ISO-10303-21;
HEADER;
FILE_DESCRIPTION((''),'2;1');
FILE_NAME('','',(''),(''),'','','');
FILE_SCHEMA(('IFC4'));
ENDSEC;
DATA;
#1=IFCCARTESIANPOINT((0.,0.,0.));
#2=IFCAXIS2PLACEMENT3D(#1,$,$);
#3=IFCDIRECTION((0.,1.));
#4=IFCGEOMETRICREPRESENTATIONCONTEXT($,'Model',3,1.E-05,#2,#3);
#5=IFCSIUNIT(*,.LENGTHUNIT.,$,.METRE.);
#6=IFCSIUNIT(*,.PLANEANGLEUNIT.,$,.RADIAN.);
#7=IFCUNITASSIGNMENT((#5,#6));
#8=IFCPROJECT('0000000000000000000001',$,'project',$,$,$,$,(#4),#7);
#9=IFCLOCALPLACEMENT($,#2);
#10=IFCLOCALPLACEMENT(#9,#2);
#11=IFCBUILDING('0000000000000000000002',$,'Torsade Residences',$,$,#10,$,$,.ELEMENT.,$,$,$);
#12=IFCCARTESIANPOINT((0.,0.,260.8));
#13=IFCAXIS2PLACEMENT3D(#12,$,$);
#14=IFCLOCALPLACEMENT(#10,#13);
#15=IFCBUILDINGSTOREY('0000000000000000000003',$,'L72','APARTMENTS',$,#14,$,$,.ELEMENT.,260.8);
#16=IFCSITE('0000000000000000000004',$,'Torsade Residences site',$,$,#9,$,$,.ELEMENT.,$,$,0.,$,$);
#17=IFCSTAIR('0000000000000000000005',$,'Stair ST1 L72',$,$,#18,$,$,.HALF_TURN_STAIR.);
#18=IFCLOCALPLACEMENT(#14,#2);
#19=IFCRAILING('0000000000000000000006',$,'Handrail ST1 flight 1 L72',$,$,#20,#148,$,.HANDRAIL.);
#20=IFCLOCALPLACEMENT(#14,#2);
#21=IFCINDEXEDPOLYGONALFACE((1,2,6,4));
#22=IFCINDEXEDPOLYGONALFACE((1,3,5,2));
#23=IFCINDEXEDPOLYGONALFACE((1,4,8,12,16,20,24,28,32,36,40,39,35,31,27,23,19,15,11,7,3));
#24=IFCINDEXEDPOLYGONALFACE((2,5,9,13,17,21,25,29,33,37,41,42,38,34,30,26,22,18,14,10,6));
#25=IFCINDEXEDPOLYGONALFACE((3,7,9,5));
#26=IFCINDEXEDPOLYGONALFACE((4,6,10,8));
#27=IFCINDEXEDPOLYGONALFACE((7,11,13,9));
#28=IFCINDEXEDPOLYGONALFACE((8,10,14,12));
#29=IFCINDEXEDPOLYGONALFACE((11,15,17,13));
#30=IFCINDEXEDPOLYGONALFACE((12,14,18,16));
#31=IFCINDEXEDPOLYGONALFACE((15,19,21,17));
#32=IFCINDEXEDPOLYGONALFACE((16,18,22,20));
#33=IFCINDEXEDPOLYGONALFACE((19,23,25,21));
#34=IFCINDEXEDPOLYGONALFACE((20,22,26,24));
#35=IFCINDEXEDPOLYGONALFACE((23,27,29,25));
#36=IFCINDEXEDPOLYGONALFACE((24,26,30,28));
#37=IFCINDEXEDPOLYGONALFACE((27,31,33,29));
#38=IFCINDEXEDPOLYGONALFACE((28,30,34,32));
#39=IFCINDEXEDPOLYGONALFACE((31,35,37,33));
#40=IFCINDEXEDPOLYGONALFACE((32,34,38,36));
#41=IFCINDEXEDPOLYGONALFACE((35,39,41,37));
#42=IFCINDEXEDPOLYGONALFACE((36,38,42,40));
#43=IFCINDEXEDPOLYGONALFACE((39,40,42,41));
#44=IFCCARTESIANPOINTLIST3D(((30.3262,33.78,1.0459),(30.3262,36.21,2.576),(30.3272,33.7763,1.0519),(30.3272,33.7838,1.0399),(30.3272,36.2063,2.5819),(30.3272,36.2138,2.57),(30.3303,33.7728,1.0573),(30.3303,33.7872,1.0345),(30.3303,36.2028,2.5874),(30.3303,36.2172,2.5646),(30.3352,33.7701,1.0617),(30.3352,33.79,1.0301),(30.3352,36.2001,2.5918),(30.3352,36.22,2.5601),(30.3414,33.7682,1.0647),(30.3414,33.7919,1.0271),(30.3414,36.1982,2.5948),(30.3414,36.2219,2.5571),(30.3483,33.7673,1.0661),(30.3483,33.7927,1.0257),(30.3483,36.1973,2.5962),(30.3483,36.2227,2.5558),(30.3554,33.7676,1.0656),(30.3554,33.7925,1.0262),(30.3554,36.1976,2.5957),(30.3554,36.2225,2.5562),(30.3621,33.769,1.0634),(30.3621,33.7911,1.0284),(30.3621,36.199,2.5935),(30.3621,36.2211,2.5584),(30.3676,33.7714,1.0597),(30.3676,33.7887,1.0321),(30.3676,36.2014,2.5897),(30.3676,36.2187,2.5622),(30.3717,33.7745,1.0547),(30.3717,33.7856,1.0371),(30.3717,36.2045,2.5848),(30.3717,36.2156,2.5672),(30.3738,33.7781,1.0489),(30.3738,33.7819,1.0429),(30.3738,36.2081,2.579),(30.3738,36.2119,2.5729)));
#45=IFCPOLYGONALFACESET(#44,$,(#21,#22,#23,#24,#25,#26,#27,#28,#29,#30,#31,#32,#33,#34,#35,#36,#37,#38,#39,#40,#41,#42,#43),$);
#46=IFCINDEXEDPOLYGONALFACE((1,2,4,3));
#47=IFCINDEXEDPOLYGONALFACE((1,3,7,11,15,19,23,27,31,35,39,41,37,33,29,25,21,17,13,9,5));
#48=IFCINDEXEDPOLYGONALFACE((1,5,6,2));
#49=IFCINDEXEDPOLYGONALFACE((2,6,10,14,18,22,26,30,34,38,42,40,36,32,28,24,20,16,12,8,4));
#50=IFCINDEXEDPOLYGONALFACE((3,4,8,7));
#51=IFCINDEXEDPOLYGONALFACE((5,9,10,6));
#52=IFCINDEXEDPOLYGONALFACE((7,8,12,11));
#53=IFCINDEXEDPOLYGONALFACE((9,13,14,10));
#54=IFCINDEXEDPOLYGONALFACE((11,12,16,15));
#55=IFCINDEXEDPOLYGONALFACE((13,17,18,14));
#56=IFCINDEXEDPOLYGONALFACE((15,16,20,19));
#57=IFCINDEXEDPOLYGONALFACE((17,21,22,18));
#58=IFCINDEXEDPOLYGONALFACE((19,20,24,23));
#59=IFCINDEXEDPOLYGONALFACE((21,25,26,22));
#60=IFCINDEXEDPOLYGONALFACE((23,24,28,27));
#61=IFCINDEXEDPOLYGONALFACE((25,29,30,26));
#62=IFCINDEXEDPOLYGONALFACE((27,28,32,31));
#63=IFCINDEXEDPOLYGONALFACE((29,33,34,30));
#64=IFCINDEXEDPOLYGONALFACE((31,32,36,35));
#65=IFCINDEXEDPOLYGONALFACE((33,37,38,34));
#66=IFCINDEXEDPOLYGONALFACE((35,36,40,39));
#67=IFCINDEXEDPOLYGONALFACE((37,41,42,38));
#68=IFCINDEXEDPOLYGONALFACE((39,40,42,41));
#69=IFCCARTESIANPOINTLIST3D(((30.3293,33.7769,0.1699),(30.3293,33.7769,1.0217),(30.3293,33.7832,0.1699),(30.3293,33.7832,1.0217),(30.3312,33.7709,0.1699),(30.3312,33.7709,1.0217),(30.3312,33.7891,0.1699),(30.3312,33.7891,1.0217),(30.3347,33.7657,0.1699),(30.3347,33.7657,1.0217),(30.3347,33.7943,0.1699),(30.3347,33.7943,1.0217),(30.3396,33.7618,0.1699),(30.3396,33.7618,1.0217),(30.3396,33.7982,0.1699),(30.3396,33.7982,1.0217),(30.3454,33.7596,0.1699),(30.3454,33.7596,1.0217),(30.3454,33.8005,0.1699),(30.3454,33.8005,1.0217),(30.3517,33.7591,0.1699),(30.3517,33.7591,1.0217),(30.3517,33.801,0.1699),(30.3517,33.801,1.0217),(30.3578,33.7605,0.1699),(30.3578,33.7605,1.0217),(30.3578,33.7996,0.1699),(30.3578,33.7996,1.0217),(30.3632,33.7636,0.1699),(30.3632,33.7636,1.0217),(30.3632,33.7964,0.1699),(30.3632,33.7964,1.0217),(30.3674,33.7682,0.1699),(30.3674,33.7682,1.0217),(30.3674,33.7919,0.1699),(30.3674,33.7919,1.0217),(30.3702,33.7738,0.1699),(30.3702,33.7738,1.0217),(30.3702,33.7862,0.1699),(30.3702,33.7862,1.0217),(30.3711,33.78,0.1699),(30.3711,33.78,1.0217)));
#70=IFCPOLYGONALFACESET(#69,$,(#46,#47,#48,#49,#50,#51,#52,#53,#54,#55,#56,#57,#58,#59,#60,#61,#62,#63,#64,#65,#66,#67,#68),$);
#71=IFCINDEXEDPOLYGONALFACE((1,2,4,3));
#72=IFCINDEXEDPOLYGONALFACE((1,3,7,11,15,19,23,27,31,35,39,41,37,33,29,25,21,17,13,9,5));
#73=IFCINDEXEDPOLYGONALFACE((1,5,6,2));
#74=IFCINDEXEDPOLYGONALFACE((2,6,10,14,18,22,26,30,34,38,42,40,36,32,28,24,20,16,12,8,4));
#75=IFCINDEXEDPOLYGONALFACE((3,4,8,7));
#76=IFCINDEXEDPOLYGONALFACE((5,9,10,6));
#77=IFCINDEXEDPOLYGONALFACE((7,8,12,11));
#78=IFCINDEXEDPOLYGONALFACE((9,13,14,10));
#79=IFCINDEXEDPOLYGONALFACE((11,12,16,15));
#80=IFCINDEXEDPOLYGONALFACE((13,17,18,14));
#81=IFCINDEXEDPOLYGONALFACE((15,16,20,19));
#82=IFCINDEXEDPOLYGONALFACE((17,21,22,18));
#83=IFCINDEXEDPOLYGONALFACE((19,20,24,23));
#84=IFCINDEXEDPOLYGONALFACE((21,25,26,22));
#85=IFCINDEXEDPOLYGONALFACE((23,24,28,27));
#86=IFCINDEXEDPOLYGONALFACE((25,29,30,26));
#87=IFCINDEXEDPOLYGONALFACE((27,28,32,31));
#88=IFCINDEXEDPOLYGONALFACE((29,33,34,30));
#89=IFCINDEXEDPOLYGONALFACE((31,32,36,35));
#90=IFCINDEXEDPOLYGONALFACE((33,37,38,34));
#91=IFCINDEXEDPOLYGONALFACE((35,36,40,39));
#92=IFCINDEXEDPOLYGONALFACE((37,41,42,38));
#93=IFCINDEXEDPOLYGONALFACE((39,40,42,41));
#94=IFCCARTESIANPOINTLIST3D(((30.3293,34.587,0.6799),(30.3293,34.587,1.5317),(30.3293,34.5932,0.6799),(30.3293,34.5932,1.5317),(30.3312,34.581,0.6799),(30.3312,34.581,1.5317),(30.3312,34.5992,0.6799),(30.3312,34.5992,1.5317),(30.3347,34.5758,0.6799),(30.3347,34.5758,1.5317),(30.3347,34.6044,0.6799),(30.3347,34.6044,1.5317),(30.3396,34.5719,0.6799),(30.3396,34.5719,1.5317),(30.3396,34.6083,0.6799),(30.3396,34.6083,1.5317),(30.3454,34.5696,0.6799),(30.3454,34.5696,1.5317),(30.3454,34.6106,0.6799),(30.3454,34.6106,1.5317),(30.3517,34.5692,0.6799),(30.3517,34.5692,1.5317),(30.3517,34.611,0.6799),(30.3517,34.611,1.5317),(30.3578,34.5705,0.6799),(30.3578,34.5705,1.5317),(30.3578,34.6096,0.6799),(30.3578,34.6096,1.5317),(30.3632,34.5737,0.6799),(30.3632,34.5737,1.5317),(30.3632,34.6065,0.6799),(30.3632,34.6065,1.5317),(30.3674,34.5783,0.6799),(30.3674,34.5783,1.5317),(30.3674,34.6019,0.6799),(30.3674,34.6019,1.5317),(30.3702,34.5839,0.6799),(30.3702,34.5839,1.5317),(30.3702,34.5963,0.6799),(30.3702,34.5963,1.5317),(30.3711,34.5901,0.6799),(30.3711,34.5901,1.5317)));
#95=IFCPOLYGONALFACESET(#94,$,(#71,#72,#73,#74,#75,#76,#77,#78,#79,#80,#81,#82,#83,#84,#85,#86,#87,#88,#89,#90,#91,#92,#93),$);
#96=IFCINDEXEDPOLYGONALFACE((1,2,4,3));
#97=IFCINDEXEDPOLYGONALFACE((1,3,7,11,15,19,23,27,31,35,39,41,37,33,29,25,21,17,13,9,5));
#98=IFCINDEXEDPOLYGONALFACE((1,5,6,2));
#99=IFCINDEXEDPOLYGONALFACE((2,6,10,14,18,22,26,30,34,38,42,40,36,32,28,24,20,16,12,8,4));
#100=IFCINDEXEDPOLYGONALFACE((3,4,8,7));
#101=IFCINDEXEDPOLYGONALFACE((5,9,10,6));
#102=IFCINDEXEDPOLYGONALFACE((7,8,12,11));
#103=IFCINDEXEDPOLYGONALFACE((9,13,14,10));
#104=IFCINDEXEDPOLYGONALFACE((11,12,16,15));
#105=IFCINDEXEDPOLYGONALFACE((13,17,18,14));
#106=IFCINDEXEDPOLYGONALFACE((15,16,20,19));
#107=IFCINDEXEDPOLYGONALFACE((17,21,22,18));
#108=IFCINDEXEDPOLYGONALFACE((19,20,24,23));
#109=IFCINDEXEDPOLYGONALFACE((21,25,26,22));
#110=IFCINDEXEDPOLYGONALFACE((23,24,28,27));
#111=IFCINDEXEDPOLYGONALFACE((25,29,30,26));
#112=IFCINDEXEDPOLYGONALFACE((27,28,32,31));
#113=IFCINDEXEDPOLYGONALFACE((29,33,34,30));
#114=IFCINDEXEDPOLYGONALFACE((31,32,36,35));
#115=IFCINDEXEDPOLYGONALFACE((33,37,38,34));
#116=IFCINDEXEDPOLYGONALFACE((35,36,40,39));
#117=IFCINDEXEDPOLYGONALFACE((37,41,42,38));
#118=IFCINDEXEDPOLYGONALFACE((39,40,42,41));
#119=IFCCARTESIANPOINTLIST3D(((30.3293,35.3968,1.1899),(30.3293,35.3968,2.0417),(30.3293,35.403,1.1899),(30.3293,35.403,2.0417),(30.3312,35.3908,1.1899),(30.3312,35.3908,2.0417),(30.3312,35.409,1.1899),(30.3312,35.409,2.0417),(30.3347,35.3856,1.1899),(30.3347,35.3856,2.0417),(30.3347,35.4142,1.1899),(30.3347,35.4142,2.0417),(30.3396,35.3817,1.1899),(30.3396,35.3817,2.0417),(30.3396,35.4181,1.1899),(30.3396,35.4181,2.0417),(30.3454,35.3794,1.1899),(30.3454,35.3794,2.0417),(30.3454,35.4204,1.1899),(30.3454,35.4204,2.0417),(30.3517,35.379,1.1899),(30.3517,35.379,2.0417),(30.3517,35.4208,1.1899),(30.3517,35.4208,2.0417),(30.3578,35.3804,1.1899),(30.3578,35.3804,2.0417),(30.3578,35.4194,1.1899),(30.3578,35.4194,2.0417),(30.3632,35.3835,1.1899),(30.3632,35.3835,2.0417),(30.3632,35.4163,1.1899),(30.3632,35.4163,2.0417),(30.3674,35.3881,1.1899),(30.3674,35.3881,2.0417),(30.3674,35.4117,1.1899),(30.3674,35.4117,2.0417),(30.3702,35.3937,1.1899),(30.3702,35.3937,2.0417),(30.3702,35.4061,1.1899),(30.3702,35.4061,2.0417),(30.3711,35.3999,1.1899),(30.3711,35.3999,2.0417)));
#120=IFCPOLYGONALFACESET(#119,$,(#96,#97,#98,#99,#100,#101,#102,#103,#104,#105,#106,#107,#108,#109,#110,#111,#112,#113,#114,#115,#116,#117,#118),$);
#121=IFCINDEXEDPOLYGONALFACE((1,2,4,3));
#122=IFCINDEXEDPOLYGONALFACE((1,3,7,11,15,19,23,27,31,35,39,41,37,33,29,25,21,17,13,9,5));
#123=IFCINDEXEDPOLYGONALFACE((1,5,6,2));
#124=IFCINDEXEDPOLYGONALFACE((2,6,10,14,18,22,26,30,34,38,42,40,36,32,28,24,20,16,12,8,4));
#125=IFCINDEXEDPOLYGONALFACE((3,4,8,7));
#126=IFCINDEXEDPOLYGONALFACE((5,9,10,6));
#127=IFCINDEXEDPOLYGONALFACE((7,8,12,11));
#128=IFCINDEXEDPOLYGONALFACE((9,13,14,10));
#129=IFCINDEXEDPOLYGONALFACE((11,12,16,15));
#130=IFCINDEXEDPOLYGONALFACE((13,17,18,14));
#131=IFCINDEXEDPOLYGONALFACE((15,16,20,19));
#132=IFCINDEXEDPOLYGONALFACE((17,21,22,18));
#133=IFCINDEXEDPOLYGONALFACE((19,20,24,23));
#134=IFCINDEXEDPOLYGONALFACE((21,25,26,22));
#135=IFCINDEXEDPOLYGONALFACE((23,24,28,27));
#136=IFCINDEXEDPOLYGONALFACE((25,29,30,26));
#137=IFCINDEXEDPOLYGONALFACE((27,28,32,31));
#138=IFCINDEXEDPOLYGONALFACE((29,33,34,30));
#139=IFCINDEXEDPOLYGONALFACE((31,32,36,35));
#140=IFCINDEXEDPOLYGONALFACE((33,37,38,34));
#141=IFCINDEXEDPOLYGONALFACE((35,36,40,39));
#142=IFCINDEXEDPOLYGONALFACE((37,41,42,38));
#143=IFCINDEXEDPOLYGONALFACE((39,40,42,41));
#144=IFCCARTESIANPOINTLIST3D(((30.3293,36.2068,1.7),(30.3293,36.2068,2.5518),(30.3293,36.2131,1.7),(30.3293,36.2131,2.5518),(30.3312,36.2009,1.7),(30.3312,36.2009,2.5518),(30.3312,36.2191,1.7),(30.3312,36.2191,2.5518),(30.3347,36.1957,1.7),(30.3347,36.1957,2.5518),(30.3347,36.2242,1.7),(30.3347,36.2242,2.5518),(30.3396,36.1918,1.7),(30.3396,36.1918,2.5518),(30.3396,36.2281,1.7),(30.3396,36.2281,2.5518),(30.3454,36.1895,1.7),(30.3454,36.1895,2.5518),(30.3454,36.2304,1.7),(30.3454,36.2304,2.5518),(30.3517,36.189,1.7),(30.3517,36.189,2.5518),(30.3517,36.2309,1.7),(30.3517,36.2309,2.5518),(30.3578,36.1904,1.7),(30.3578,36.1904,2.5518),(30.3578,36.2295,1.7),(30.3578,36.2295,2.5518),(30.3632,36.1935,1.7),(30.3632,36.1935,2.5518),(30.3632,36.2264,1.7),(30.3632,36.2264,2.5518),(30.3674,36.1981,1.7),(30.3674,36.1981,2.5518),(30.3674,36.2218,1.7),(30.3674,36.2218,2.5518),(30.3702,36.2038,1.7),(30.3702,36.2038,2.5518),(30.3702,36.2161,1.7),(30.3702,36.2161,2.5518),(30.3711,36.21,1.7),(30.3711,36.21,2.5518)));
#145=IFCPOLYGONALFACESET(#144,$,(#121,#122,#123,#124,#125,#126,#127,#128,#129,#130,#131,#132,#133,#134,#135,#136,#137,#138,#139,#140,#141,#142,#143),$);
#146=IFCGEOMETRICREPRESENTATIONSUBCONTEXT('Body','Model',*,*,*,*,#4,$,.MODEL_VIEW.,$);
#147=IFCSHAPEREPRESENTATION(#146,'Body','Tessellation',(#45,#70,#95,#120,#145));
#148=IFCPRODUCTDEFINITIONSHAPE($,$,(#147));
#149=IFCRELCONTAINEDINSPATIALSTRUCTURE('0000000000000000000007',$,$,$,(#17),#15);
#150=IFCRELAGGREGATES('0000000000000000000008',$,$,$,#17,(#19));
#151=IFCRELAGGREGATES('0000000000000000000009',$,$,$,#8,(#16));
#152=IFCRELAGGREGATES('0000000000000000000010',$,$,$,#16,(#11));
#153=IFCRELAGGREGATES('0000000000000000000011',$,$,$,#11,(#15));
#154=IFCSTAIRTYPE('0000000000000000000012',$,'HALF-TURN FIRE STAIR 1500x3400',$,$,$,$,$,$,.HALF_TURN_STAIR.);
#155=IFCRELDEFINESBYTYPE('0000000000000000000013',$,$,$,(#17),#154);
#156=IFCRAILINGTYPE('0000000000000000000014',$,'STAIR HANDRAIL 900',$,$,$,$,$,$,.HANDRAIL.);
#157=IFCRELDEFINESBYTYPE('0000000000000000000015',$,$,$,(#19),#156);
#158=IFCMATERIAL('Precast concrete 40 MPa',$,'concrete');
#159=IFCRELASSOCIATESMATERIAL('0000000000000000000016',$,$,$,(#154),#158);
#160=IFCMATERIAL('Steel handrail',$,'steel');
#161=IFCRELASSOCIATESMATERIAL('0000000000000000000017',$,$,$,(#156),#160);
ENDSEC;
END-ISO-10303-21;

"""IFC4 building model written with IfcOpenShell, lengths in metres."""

from ifc_helpers import new_model, si_unit, direction, frame, origin, origin_2d, place, context, subcontext, project, spatial, circle, extrude, material, type_object, element, aggregate, save


model = new_model("IFC4")

# Units and contexts
model_context = context("Model", 3, precision=1e-05, world=origin(), true_north=direction((0.0, 1.0)))
body_context = subcontext(model_context, "Body", "Model", "MODEL_VIEW")
ifc_project = project(units=[si_unit("LENGTHUNIT", "METRE"), si_unit("PLANEANGLEUNIT", "RADIAN")], contexts=[model_context])

# Site, building, storey
site_placement = place(None, origin())
site = spatial("IfcSite", under=ifc_project, at=site_placement, Name="Torsade Residences site", CompositionType="ELEMENT", RefElevation=0.0)
building_placement = place(site_placement, origin())
building = spatial("IfcBuilding", under=site, at=building_placement, Name="Torsade Residences", CompositionType="ELEMENT")
storey_placement = place(building_placement, frame((0.0, 0.0, 260.8)))
storey = spatial("IfcBuildingStorey", under=building, at=storey_placement, Name="L72", Description="APARTMENTS", CompositionType="ELEMENT", Elevation=260.8)

# Stair, railing
ifc_material_1 = material(Name="Precast concrete 40 MPa", Category="concrete")
stair_type = type_object("IfcStairType", Name="HALF-TURN FIRE STAIR 1500x3400", PredefinedType="HALF_TURN_STAIR", material=ifc_material_1)
stair_placement = place(storey_placement, origin())
stair = element("IfcStair", 1, at=stair_placement, inside=storey, type_object=stair_type, Name="Stair ST1 L72", PredefinedType="HALF_TURN_STAIR")
ifc_material_2 = material(Name="Steel handrail", Category="steel")
railing_type = type_object("IfcRailingType", Name="STAIR HANDRAIL 900", PredefinedType="HANDRAIL", material=ifc_material_2)
railing_1_placement = place(storey_placement, frame((30.3501, 33.78, 0.1699)))
railing_1 = element("IfcRailing", 2, at=railing_1_placement, type_object=railing_type, Name="Handrail ST1 flight 1 L72", PredefinedType="HANDRAIL", context=body_context, shape_type="SweptSolid", body=[
    extrude(circle(Radius=0.0239, at=origin_2d()), frame((0.0, 0.0, 0.876), z_axis=(0.0, 0.846221, 0.532831), x_axis=(-1.0, 0.0, 0.0)), (0.0, 0.0, 1.0), 2.8716),
    extrude(circle(Radius=0.021, at=origin_2d()), origin(), (0.0, 0.0, 1.0), 0.8518),
    extrude(circle(Radius=0.021, at=origin_2d()), frame((0.0, 0.8101, 0.51)), (0.0, 0.0, 1.0), 0.8518),
    extrude(circle(Radius=0.021, at=origin_2d()), frame((0.0, 1.6199, 1.02)), (0.0, 0.0, 1.0), 0.8518),
    extrude(circle(Radius=0.021, at=origin_2d()), frame((0.0, 2.4299, 1.53)), (0.0, 0.0, 1.0), 0.8518),
])
aggregate(stair, [railing_1])

save(model, "model.ifc")
